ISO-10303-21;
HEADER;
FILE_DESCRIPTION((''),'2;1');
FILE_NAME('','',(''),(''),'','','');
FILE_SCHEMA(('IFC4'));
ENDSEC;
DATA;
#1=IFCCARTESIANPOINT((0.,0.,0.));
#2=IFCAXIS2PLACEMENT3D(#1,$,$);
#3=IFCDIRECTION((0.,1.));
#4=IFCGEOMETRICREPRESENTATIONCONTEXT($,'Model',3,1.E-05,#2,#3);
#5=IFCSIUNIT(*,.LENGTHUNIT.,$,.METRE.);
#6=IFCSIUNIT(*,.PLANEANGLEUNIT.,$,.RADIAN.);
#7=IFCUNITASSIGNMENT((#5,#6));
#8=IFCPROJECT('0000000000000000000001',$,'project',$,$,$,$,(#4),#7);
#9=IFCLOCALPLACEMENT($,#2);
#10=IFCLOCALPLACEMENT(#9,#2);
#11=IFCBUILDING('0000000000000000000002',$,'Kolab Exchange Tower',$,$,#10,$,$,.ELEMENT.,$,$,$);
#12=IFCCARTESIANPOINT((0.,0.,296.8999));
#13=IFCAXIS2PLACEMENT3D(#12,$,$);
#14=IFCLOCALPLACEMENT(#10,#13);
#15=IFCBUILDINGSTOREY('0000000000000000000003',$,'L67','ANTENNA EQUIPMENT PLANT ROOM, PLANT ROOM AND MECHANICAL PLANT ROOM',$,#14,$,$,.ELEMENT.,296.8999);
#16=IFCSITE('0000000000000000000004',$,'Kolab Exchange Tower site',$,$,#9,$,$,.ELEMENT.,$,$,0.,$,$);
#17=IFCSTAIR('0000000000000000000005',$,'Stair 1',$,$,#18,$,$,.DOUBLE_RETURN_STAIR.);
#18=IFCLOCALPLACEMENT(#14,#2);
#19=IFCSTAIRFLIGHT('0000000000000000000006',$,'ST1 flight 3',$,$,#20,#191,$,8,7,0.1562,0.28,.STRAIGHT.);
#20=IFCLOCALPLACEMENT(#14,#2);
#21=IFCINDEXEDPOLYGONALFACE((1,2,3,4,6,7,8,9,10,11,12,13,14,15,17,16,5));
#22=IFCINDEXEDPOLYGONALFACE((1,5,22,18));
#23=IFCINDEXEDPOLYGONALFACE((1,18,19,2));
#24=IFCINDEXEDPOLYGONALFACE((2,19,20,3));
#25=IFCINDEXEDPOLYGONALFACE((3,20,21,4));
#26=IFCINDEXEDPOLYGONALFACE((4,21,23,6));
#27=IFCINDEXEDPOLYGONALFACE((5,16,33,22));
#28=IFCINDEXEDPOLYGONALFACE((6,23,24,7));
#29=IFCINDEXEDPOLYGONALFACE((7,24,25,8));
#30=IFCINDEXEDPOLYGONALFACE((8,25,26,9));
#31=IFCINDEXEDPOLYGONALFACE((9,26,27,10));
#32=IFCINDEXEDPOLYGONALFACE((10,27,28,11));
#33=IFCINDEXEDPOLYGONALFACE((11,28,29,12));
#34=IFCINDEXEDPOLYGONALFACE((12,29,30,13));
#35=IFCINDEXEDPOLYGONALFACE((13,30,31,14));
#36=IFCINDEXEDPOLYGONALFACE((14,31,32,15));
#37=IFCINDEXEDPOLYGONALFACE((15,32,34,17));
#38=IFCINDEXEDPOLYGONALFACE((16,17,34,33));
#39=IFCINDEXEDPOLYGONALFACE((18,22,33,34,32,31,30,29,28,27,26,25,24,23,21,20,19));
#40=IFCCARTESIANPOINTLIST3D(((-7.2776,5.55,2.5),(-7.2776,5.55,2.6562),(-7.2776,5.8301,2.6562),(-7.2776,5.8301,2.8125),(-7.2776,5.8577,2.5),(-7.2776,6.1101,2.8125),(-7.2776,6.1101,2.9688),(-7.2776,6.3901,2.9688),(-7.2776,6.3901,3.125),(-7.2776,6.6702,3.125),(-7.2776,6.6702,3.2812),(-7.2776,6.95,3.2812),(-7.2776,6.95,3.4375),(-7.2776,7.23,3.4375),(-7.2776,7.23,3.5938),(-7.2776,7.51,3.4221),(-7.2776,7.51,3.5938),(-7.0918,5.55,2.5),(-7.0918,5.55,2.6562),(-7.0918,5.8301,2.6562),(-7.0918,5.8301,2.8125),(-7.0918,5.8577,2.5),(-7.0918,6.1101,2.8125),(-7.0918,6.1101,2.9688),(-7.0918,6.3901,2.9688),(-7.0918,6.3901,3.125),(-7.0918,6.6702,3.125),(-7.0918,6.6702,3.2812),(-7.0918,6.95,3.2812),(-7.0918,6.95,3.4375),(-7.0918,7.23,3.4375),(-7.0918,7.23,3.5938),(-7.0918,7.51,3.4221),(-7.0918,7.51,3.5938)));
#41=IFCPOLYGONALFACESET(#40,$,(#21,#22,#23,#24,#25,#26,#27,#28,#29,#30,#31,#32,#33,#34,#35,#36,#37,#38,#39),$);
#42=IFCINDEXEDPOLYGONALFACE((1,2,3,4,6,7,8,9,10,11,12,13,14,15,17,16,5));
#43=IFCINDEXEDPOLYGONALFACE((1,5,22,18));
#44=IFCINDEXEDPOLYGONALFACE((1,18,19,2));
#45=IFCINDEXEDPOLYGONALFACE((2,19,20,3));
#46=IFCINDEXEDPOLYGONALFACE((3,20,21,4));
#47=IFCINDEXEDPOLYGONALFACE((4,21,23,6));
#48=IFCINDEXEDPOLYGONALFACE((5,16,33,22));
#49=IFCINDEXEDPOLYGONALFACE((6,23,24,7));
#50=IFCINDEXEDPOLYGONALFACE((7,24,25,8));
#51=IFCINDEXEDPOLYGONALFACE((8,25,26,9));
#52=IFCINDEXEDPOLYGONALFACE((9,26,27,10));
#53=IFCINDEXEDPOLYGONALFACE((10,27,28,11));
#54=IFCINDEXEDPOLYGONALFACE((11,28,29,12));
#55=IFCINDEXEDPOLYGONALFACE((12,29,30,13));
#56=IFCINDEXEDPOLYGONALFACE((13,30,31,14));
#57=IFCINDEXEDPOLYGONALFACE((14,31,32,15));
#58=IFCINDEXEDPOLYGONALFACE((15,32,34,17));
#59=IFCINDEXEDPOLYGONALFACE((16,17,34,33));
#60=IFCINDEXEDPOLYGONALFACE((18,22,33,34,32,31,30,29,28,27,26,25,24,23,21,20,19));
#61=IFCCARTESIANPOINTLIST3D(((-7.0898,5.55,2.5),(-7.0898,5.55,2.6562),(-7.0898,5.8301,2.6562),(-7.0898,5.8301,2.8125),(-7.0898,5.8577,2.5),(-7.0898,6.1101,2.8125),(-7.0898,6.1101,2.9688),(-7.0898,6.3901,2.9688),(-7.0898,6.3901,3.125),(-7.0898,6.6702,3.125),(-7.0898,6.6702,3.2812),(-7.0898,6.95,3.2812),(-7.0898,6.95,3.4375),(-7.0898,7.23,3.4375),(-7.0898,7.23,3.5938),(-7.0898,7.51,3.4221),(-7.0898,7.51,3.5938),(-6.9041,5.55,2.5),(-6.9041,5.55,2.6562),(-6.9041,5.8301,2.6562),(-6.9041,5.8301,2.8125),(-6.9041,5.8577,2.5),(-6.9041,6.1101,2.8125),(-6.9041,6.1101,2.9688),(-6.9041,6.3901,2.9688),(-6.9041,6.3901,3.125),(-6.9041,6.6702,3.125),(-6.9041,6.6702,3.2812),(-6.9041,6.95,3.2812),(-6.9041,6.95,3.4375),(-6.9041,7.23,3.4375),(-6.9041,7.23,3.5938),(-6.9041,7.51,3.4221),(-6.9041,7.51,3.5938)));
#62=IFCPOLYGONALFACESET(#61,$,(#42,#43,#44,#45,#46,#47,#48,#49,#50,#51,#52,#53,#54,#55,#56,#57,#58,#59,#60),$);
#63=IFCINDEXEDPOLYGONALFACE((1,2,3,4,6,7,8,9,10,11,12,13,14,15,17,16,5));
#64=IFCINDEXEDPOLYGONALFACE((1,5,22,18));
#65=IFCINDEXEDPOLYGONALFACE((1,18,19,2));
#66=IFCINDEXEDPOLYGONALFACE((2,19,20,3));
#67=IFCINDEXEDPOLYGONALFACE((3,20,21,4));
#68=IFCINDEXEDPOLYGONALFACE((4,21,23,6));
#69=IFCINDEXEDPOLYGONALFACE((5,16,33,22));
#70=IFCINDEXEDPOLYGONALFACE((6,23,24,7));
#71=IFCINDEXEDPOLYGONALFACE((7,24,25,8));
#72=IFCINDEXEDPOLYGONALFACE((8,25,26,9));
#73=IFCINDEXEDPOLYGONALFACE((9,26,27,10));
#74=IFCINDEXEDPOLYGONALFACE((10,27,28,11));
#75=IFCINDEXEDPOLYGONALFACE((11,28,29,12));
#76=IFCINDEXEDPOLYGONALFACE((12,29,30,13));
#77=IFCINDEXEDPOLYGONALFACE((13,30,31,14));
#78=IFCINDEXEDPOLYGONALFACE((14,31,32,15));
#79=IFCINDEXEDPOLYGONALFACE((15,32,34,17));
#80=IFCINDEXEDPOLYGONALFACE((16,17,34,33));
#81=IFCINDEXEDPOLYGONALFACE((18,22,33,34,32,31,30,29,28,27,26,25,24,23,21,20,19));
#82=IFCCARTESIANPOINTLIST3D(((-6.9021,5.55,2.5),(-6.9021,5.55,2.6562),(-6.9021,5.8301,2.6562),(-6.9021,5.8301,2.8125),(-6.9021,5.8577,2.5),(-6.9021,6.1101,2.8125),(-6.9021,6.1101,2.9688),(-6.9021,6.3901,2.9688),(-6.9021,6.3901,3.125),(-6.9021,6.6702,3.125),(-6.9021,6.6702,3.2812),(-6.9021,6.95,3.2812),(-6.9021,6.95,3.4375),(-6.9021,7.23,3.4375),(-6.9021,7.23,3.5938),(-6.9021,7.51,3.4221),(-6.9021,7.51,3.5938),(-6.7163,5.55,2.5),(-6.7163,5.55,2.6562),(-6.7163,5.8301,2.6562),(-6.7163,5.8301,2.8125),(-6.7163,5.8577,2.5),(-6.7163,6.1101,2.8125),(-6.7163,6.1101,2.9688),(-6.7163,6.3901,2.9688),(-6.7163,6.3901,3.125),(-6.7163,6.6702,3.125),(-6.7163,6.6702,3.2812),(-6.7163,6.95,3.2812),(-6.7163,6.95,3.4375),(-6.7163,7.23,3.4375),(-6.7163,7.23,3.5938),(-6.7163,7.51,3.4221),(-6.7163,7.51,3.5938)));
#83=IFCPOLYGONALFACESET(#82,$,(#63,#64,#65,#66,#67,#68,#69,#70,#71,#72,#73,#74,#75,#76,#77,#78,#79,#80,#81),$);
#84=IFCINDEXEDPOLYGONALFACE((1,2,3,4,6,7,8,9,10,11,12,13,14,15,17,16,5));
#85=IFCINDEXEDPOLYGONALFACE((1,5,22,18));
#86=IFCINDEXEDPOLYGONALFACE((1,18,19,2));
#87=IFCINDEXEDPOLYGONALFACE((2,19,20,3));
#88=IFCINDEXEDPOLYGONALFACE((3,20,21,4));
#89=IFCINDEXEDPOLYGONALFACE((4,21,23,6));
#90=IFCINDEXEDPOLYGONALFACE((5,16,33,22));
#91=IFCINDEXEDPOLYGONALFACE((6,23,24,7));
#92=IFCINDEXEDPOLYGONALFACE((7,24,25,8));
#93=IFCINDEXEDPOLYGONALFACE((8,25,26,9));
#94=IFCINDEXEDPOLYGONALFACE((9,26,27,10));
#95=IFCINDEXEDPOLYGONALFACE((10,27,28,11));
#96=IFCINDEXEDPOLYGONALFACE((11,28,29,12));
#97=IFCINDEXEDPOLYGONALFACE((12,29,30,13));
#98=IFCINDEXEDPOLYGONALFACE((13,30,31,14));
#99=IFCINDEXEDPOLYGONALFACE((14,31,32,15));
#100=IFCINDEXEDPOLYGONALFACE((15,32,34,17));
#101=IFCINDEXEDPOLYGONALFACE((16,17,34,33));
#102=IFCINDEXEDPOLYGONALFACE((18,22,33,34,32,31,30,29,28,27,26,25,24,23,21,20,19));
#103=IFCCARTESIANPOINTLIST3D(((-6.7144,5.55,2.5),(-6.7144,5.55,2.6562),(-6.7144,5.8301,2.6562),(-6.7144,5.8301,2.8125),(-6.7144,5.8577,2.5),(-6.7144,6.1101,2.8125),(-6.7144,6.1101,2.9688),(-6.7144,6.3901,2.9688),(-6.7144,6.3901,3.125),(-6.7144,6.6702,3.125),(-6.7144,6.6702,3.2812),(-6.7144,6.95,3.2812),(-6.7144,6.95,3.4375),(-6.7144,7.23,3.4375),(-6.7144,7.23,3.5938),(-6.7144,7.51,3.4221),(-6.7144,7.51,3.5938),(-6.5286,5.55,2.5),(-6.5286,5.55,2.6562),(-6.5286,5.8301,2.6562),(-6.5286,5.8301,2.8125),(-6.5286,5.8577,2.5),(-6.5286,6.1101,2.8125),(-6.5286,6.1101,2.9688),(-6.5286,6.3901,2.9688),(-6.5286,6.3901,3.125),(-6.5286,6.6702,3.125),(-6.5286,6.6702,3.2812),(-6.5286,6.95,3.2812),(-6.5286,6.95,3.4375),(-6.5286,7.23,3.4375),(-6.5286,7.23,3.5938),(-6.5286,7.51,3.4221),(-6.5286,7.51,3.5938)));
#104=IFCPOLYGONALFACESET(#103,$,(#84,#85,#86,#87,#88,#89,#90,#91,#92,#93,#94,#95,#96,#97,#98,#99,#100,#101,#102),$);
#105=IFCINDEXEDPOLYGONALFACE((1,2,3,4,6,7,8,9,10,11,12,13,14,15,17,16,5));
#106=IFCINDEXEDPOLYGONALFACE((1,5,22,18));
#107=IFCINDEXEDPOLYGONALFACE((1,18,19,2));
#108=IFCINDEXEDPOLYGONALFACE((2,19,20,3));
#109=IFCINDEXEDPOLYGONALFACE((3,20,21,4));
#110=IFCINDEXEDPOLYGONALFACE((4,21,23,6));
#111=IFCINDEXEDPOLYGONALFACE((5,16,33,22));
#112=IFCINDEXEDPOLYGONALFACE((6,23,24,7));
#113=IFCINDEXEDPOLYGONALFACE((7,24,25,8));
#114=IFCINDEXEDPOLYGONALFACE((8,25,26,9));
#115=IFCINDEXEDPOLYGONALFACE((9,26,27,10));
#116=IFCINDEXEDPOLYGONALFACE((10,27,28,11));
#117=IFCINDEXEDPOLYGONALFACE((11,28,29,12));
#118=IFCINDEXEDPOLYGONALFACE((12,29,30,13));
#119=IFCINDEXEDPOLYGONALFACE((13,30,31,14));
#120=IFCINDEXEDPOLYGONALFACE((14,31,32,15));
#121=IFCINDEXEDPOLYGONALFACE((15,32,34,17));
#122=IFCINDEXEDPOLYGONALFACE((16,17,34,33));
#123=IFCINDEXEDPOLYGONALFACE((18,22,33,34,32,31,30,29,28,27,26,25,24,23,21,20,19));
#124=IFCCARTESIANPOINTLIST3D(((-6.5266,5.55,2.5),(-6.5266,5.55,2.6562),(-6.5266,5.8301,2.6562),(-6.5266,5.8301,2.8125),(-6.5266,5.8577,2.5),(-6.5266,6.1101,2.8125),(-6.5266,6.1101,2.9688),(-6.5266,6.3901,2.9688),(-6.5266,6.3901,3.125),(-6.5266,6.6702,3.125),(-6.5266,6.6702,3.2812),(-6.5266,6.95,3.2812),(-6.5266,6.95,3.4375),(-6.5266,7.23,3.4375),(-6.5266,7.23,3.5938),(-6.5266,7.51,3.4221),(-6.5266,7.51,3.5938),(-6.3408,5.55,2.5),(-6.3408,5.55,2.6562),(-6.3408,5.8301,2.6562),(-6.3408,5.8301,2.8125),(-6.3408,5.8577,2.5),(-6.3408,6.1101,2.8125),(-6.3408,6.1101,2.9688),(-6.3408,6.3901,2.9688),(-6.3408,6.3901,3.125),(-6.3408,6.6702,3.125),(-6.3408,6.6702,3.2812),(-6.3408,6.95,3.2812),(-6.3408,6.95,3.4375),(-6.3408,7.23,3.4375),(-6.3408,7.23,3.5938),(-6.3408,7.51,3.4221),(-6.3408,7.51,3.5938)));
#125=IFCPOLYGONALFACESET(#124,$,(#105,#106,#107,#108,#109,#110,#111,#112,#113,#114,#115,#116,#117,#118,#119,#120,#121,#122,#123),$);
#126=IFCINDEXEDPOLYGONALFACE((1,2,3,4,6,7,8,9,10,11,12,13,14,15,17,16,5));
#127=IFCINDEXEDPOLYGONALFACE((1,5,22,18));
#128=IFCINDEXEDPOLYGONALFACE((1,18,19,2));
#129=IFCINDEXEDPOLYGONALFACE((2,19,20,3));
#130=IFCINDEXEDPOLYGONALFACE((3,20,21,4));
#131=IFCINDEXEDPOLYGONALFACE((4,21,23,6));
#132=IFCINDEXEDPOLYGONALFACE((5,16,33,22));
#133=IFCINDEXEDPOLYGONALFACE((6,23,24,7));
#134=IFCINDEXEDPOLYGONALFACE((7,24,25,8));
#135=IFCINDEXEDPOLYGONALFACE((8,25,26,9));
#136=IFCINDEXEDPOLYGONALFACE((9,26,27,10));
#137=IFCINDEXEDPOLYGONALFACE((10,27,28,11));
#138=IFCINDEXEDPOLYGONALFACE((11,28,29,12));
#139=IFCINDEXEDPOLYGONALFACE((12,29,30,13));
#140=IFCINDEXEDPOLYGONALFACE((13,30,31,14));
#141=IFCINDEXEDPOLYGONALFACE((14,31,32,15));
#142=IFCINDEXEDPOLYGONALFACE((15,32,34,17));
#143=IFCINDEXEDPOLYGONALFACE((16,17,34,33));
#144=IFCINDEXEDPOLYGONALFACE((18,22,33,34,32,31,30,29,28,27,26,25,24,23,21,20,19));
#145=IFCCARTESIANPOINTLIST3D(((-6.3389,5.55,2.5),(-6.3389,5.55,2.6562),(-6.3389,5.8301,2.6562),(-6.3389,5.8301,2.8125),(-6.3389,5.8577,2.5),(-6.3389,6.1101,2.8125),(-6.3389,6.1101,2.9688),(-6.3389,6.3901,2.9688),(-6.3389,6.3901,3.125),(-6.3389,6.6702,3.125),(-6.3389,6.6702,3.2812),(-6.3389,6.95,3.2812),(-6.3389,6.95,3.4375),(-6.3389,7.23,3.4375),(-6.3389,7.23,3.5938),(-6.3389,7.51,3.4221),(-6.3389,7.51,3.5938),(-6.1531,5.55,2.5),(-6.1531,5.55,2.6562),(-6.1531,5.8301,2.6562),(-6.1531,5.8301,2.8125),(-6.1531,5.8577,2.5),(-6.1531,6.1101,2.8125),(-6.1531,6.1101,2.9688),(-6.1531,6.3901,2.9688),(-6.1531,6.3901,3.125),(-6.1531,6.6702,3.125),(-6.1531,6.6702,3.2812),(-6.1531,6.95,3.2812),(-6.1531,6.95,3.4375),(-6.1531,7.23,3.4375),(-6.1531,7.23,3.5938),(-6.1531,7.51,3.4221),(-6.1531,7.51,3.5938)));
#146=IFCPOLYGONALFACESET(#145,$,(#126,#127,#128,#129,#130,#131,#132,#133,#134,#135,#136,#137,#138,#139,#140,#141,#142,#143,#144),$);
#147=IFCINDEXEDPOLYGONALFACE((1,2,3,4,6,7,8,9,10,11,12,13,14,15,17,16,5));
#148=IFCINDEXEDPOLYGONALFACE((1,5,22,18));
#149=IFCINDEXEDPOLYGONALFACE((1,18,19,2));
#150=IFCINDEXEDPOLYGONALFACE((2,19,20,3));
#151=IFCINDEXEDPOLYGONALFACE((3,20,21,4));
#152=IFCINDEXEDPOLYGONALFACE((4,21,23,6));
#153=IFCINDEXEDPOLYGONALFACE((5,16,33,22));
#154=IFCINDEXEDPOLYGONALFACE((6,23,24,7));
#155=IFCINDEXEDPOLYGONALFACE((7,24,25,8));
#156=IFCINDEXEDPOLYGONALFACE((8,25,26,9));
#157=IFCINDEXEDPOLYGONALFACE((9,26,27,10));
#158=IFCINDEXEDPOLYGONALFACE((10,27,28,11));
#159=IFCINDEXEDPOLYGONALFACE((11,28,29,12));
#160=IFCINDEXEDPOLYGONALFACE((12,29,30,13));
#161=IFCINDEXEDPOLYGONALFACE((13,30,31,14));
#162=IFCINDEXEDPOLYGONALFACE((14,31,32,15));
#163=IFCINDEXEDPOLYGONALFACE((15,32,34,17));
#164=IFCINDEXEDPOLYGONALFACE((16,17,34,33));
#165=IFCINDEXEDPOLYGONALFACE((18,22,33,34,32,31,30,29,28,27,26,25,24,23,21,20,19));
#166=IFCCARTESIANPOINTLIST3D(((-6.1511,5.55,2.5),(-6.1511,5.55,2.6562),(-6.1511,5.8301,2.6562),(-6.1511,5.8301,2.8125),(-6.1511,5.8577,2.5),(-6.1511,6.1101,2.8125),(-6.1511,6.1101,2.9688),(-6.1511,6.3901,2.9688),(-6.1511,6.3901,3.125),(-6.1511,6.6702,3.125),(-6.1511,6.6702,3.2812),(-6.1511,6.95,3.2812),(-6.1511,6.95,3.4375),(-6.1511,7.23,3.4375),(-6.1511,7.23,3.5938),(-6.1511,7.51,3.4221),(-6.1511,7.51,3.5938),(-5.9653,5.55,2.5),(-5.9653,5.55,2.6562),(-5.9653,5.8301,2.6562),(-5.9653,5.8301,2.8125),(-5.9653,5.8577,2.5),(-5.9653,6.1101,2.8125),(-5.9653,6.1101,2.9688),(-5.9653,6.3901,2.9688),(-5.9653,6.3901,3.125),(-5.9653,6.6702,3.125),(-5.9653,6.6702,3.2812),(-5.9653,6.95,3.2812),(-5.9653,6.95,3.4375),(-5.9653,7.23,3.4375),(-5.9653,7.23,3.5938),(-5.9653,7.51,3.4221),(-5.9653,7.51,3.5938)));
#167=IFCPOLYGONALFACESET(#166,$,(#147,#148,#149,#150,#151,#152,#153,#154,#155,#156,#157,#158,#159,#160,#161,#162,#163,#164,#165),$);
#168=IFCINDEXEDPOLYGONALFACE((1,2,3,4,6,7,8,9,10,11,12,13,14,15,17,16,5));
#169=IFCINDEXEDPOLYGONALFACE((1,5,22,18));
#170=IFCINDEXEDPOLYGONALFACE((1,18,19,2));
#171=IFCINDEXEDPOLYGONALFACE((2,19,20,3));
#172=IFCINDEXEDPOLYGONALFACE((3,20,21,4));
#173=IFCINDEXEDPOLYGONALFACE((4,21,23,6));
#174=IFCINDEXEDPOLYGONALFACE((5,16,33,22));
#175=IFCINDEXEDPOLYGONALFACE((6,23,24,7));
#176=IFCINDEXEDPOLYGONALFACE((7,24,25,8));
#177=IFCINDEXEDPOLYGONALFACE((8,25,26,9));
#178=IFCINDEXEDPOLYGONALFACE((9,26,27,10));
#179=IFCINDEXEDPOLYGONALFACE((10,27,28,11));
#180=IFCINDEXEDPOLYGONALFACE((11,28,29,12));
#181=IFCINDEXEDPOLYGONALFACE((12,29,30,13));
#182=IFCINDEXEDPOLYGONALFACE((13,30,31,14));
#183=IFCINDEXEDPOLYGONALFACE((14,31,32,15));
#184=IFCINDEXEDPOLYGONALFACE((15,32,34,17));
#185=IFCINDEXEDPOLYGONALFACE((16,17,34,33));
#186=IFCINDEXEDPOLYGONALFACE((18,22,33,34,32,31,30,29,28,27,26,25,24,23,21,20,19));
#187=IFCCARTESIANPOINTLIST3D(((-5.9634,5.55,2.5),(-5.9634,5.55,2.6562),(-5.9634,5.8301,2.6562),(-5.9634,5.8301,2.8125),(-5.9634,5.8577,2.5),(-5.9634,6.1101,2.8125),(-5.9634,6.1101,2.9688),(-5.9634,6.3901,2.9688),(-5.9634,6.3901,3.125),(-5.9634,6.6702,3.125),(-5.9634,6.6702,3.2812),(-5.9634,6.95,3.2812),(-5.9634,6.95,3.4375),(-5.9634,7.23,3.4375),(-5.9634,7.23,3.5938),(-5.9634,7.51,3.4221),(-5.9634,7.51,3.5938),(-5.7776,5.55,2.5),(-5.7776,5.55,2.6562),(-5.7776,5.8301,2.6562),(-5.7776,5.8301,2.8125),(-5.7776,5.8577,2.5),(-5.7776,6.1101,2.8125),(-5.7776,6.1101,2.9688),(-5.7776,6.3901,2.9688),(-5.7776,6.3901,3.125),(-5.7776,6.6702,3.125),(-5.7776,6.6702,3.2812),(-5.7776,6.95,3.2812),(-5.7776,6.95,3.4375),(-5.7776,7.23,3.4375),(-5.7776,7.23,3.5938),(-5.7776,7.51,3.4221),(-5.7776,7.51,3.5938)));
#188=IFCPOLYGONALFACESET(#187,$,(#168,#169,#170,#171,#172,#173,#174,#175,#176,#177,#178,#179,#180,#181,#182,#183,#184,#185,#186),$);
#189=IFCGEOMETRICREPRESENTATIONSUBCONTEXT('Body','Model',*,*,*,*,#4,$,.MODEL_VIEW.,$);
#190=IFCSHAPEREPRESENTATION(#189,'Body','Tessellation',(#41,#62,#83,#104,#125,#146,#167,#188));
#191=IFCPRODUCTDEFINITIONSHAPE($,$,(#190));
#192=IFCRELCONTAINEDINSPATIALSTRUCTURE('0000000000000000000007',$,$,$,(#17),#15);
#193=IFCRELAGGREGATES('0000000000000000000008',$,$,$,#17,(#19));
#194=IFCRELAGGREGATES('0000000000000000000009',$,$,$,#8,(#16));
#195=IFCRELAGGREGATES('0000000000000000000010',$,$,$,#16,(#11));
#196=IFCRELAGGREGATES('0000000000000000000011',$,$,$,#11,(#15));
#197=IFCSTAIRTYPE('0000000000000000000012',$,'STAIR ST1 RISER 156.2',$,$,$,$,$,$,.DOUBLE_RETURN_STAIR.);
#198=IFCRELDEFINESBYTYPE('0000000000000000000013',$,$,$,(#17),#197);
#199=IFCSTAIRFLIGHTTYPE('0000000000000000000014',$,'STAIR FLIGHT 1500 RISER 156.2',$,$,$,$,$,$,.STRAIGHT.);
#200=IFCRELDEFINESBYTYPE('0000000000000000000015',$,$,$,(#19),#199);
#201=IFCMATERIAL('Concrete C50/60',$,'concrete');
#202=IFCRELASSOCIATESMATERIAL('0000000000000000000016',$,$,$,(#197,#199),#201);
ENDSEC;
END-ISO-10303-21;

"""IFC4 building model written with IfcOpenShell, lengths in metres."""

from ifc_helpers import new_model, si_unit, direction, frame, origin, place, context, subcontext, project, spatial, polyline, outline, extrude, material, type_object, element, aggregate, save


model = new_model("IFC4")

# Units and contexts
model_context = context("Model", 3, precision=1e-05, world=origin(), true_north=direction((0.0, 1.0)))
body_context = subcontext(model_context, "Body", "Model", "MODEL_VIEW")
ifc_project = project(units=[si_unit("LENGTHUNIT", "METRE"), si_unit("PLANEANGLEUNIT", "RADIAN")], contexts=[model_context])

# Site, building, storey
site_placement = place(None, origin())
site = spatial("IfcSite", under=ifc_project, at=site_placement, Name="Kolab Exchange Tower site", CompositionType="ELEMENT", RefElevation=0.0)
building_placement = place(site_placement, origin())
building = spatial("IfcBuilding", under=site, at=building_placement, Name="Kolab Exchange Tower", CompositionType="ELEMENT")
storey_placement = place(building_placement, frame((0.0, 0.0, 296.8999)))
storey = spatial("IfcBuildingStorey", under=building, at=storey_placement, Name="L67", Description="ANTENNA EQUIPMENT PLANT ROOM, PLANT ROOM AND MECHANICAL PLANT ROOM", CompositionType="ELEMENT", Elevation=296.8999)

# Shared definitions
ifc_material_1 = material(Name="Concrete C50/60", Category="concrete")

# Stair, stair flight
stair_type = type_object("IfcStairType", Name="STAIR ST1 RISER 156.2", PredefinedType="DOUBLE_RETURN_STAIR", material=ifc_material_1)
stair_placement = place(storey_placement, origin())
stair = element("IfcStair", 1, at=stair_placement, inside=storey, type_object=stair_type, Name="Stair 1", PredefinedType="DOUBLE_RETURN_STAIR")
stair_flight_type = type_object("IfcStairFlightType", Name="STAIR FLIGHT 1500 RISER 156.2", PredefinedType="STRAIGHT", material=ifc_material_1)
stair_flight_1_placement = place(storey_placement, frame((-6.5276, 5.55, 2.5), z_axis=(0.0, 0.0, 1.0), x_axis=(0.0, 1.0, 0.0)))
stair_flight_1 = element("IfcStairFlight", 2, at=stair_flight_1_placement, type_object=stair_flight_type, Name="ST1 flight 3", NumberOfRisers=8, NumberOfTreads=7, PredefinedType="STRAIGHT", RiserHeight=0.1562, TreadLength=0.28, context=body_context, shape_type="SweptSolid", body=[
    extrude(outline(polyline([(0.0, 0.0), (0.0, 0.1562), (0.28, 0.1562), (0.28, 0.3125), (0.5601, 0.3125), (0.5601, 0.4688), (0.8401, 0.4688), (0.8401, 0.625), (1.1201, 0.625), (1.1201, 0.7812), (1.3999, 0.7812), (1.3999, 0.9375), (1.6799, 0.9375), (1.6799, 1.0938), (1.96, 1.0938), (1.96, 1.25), (1.96, 0.9221), (0.3076, 0.0), (0.0, 0.0)])), frame((0.0, 0.75, 0.0), z_axis=(0.0, -1.0, 0.0), x_axis=(1.0, 0.0, 0.0)), (0.0, 0.0, 1.0), 0.1858),
    extrude(outline(polyline([(0.0, 0.0), (0.0, 0.1562), (0.28, 0.1562), (0.28, 0.3125), (0.5601, 0.3125), (0.5601, 0.4688), (0.8401, 0.4688), (0.8401, 0.625), (1.1201, 0.625), (1.1201, 0.7812), (1.3999, 0.7812), (1.3999, 0.9375), (1.6799, 0.9375), (1.6799, 1.0938), (1.96, 1.0938), (1.96, 1.25), (1.96, 0.9221), (0.3076, 0.0), (0.0, 0.0)])), frame((0.0, 0.5623, 0.0), z_axis=(0.0, -1.0, 0.0), x_axis=(1.0, 0.0, 0.0)), (0.0, 0.0, 1.0), 0.1858),
    extrude(outline(polyline([(0.0, 0.0), (0.0, 0.1562), (0.28, 0.1562), (0.28, 0.3125), (0.5601, 0.3125), (0.5601, 0.4688), (0.8401, 0.4688), (0.8401, 0.625), (1.1201, 0.625), (1.1201, 0.7812), (1.3999, 0.7812), (1.3999, 0.9375), (1.6799, 0.9375), (1.6799, 1.0938), (1.96, 1.0938), (1.96, 1.25), (1.96, 0.9221), (0.3076, 0.0), (0.0, 0.0)])), frame((0.0, 0.3745, 0.0), z_axis=(0.0, -1.0, 0.0), x_axis=(1.0, 0.0, 0.0)), (0.0, 0.0, 1.0), 0.1858),
    extrude(outline(polyline([(0.0, 0.0), (0.0, 0.1562), (0.28, 0.1562), (0.28, 0.3125), (0.5601, 0.3125), (0.5601, 0.4688), (0.8401, 0.4688), (0.8401, 0.625), (1.1201, 0.625), (1.1201, 0.7812), (1.3999, 0.7812), (1.3999, 0.9375), (1.6799, 0.9375), (1.6799, 1.0938), (1.96, 1.0938), (1.96, 1.25), (1.96, 0.9221), (0.3076, 0.0), (0.0, 0.0)])), frame((0.0, 0.1868, 0.0), z_axis=(0.0, -1.0, 0.0), x_axis=(1.0, 0.0, 0.0)), (0.0, 0.0, 1.0), 0.1858),
    extrude(outline(polyline([(0.0, 0.0), (0.0, 0.1562), (0.28, 0.1562), (0.28, 0.3125), (0.5601, 0.3125), (0.5601, 0.4688), (0.8401, 0.4688), (0.8401, 0.625), (1.1201, 0.625), (1.1201, 0.7812), (1.3999, 0.7812), (1.3999, 0.9375), (1.6799, 0.9375), (1.6799, 1.0938), (1.96, 1.0938), (1.96, 1.25), (1.96, 0.9221), (0.3076, 0.0), (0.0, 0.0)])), frame((0.0, -0.001, 0.0), z_axis=(0.0, -1.0, 0.0), x_axis=(1.0, 0.0, 0.0)), (0.0, 0.0, 1.0), 0.1858),
    extrude(outline(polyline([(0.0, 0.0), (0.0, 0.1562), (0.28, 0.1562), (0.28, 0.3125), (0.5601, 0.3125), (0.5601, 0.4688), (0.8401, 0.4688), (0.8401, 0.625), (1.1201, 0.625), (1.1201, 0.7812), (1.3999, 0.7812), (1.3999, 0.9375), (1.6799, 0.9375), (1.6799, 1.0938), (1.96, 1.0938), (1.96, 1.25), (1.96, 0.9221), (0.3076, 0.0), (0.0, 0.0)])), frame((0.0, -0.1887, 0.0), z_axis=(0.0, -1.0, 0.0), x_axis=(1.0, 0.0, 0.0)), (0.0, 0.0, 1.0), 0.1858),
    extrude(outline(polyline([(0.0, 0.0), (0.0, 0.1562), (0.28, 0.1562), (0.28, 0.3125), (0.5601, 0.3125), (0.5601, 0.4688), (0.8401, 0.4688), (0.8401, 0.625), (1.1201, 0.625), (1.1201, 0.7812), (1.3999, 0.7812), (1.3999, 0.9375), (1.6799, 0.9375), (1.6799, 1.0938), (1.96, 1.0938), (1.96, 1.25), (1.96, 0.9221), (0.3076, 0.0), (0.0, 0.0)])), frame((0.0, -0.3765, 0.0), z_axis=(0.0, -1.0, 0.0), x_axis=(1.0, 0.0, 0.0)), (0.0, 0.0, 1.0), 0.1858),
    extrude(outline(polyline([(0.0, 0.0), (0.0, 0.1562), (0.28, 0.1562), (0.28, 0.3125), (0.5601, 0.3125), (0.5601, 0.4688), (0.8401, 0.4688), (0.8401, 0.625), (1.1201, 0.625), (1.1201, 0.7812), (1.3999, 0.7812), (1.3999, 0.9375), (1.6799, 0.9375), (1.6799, 1.0938), (1.96, 1.0938), (1.96, 1.25), (1.96, 0.9221), (0.3076, 0.0), (0.0, 0.0)])), frame((0.0, -0.5642, 0.0), z_axis=(0.0, -1.0, 0.0), x_axis=(1.0, 0.0, 0.0)), (0.0, 0.0, 1.0), 0.1858),
])
aggregate(stair, [stair_flight_1])

save(model, "model.ifc")
